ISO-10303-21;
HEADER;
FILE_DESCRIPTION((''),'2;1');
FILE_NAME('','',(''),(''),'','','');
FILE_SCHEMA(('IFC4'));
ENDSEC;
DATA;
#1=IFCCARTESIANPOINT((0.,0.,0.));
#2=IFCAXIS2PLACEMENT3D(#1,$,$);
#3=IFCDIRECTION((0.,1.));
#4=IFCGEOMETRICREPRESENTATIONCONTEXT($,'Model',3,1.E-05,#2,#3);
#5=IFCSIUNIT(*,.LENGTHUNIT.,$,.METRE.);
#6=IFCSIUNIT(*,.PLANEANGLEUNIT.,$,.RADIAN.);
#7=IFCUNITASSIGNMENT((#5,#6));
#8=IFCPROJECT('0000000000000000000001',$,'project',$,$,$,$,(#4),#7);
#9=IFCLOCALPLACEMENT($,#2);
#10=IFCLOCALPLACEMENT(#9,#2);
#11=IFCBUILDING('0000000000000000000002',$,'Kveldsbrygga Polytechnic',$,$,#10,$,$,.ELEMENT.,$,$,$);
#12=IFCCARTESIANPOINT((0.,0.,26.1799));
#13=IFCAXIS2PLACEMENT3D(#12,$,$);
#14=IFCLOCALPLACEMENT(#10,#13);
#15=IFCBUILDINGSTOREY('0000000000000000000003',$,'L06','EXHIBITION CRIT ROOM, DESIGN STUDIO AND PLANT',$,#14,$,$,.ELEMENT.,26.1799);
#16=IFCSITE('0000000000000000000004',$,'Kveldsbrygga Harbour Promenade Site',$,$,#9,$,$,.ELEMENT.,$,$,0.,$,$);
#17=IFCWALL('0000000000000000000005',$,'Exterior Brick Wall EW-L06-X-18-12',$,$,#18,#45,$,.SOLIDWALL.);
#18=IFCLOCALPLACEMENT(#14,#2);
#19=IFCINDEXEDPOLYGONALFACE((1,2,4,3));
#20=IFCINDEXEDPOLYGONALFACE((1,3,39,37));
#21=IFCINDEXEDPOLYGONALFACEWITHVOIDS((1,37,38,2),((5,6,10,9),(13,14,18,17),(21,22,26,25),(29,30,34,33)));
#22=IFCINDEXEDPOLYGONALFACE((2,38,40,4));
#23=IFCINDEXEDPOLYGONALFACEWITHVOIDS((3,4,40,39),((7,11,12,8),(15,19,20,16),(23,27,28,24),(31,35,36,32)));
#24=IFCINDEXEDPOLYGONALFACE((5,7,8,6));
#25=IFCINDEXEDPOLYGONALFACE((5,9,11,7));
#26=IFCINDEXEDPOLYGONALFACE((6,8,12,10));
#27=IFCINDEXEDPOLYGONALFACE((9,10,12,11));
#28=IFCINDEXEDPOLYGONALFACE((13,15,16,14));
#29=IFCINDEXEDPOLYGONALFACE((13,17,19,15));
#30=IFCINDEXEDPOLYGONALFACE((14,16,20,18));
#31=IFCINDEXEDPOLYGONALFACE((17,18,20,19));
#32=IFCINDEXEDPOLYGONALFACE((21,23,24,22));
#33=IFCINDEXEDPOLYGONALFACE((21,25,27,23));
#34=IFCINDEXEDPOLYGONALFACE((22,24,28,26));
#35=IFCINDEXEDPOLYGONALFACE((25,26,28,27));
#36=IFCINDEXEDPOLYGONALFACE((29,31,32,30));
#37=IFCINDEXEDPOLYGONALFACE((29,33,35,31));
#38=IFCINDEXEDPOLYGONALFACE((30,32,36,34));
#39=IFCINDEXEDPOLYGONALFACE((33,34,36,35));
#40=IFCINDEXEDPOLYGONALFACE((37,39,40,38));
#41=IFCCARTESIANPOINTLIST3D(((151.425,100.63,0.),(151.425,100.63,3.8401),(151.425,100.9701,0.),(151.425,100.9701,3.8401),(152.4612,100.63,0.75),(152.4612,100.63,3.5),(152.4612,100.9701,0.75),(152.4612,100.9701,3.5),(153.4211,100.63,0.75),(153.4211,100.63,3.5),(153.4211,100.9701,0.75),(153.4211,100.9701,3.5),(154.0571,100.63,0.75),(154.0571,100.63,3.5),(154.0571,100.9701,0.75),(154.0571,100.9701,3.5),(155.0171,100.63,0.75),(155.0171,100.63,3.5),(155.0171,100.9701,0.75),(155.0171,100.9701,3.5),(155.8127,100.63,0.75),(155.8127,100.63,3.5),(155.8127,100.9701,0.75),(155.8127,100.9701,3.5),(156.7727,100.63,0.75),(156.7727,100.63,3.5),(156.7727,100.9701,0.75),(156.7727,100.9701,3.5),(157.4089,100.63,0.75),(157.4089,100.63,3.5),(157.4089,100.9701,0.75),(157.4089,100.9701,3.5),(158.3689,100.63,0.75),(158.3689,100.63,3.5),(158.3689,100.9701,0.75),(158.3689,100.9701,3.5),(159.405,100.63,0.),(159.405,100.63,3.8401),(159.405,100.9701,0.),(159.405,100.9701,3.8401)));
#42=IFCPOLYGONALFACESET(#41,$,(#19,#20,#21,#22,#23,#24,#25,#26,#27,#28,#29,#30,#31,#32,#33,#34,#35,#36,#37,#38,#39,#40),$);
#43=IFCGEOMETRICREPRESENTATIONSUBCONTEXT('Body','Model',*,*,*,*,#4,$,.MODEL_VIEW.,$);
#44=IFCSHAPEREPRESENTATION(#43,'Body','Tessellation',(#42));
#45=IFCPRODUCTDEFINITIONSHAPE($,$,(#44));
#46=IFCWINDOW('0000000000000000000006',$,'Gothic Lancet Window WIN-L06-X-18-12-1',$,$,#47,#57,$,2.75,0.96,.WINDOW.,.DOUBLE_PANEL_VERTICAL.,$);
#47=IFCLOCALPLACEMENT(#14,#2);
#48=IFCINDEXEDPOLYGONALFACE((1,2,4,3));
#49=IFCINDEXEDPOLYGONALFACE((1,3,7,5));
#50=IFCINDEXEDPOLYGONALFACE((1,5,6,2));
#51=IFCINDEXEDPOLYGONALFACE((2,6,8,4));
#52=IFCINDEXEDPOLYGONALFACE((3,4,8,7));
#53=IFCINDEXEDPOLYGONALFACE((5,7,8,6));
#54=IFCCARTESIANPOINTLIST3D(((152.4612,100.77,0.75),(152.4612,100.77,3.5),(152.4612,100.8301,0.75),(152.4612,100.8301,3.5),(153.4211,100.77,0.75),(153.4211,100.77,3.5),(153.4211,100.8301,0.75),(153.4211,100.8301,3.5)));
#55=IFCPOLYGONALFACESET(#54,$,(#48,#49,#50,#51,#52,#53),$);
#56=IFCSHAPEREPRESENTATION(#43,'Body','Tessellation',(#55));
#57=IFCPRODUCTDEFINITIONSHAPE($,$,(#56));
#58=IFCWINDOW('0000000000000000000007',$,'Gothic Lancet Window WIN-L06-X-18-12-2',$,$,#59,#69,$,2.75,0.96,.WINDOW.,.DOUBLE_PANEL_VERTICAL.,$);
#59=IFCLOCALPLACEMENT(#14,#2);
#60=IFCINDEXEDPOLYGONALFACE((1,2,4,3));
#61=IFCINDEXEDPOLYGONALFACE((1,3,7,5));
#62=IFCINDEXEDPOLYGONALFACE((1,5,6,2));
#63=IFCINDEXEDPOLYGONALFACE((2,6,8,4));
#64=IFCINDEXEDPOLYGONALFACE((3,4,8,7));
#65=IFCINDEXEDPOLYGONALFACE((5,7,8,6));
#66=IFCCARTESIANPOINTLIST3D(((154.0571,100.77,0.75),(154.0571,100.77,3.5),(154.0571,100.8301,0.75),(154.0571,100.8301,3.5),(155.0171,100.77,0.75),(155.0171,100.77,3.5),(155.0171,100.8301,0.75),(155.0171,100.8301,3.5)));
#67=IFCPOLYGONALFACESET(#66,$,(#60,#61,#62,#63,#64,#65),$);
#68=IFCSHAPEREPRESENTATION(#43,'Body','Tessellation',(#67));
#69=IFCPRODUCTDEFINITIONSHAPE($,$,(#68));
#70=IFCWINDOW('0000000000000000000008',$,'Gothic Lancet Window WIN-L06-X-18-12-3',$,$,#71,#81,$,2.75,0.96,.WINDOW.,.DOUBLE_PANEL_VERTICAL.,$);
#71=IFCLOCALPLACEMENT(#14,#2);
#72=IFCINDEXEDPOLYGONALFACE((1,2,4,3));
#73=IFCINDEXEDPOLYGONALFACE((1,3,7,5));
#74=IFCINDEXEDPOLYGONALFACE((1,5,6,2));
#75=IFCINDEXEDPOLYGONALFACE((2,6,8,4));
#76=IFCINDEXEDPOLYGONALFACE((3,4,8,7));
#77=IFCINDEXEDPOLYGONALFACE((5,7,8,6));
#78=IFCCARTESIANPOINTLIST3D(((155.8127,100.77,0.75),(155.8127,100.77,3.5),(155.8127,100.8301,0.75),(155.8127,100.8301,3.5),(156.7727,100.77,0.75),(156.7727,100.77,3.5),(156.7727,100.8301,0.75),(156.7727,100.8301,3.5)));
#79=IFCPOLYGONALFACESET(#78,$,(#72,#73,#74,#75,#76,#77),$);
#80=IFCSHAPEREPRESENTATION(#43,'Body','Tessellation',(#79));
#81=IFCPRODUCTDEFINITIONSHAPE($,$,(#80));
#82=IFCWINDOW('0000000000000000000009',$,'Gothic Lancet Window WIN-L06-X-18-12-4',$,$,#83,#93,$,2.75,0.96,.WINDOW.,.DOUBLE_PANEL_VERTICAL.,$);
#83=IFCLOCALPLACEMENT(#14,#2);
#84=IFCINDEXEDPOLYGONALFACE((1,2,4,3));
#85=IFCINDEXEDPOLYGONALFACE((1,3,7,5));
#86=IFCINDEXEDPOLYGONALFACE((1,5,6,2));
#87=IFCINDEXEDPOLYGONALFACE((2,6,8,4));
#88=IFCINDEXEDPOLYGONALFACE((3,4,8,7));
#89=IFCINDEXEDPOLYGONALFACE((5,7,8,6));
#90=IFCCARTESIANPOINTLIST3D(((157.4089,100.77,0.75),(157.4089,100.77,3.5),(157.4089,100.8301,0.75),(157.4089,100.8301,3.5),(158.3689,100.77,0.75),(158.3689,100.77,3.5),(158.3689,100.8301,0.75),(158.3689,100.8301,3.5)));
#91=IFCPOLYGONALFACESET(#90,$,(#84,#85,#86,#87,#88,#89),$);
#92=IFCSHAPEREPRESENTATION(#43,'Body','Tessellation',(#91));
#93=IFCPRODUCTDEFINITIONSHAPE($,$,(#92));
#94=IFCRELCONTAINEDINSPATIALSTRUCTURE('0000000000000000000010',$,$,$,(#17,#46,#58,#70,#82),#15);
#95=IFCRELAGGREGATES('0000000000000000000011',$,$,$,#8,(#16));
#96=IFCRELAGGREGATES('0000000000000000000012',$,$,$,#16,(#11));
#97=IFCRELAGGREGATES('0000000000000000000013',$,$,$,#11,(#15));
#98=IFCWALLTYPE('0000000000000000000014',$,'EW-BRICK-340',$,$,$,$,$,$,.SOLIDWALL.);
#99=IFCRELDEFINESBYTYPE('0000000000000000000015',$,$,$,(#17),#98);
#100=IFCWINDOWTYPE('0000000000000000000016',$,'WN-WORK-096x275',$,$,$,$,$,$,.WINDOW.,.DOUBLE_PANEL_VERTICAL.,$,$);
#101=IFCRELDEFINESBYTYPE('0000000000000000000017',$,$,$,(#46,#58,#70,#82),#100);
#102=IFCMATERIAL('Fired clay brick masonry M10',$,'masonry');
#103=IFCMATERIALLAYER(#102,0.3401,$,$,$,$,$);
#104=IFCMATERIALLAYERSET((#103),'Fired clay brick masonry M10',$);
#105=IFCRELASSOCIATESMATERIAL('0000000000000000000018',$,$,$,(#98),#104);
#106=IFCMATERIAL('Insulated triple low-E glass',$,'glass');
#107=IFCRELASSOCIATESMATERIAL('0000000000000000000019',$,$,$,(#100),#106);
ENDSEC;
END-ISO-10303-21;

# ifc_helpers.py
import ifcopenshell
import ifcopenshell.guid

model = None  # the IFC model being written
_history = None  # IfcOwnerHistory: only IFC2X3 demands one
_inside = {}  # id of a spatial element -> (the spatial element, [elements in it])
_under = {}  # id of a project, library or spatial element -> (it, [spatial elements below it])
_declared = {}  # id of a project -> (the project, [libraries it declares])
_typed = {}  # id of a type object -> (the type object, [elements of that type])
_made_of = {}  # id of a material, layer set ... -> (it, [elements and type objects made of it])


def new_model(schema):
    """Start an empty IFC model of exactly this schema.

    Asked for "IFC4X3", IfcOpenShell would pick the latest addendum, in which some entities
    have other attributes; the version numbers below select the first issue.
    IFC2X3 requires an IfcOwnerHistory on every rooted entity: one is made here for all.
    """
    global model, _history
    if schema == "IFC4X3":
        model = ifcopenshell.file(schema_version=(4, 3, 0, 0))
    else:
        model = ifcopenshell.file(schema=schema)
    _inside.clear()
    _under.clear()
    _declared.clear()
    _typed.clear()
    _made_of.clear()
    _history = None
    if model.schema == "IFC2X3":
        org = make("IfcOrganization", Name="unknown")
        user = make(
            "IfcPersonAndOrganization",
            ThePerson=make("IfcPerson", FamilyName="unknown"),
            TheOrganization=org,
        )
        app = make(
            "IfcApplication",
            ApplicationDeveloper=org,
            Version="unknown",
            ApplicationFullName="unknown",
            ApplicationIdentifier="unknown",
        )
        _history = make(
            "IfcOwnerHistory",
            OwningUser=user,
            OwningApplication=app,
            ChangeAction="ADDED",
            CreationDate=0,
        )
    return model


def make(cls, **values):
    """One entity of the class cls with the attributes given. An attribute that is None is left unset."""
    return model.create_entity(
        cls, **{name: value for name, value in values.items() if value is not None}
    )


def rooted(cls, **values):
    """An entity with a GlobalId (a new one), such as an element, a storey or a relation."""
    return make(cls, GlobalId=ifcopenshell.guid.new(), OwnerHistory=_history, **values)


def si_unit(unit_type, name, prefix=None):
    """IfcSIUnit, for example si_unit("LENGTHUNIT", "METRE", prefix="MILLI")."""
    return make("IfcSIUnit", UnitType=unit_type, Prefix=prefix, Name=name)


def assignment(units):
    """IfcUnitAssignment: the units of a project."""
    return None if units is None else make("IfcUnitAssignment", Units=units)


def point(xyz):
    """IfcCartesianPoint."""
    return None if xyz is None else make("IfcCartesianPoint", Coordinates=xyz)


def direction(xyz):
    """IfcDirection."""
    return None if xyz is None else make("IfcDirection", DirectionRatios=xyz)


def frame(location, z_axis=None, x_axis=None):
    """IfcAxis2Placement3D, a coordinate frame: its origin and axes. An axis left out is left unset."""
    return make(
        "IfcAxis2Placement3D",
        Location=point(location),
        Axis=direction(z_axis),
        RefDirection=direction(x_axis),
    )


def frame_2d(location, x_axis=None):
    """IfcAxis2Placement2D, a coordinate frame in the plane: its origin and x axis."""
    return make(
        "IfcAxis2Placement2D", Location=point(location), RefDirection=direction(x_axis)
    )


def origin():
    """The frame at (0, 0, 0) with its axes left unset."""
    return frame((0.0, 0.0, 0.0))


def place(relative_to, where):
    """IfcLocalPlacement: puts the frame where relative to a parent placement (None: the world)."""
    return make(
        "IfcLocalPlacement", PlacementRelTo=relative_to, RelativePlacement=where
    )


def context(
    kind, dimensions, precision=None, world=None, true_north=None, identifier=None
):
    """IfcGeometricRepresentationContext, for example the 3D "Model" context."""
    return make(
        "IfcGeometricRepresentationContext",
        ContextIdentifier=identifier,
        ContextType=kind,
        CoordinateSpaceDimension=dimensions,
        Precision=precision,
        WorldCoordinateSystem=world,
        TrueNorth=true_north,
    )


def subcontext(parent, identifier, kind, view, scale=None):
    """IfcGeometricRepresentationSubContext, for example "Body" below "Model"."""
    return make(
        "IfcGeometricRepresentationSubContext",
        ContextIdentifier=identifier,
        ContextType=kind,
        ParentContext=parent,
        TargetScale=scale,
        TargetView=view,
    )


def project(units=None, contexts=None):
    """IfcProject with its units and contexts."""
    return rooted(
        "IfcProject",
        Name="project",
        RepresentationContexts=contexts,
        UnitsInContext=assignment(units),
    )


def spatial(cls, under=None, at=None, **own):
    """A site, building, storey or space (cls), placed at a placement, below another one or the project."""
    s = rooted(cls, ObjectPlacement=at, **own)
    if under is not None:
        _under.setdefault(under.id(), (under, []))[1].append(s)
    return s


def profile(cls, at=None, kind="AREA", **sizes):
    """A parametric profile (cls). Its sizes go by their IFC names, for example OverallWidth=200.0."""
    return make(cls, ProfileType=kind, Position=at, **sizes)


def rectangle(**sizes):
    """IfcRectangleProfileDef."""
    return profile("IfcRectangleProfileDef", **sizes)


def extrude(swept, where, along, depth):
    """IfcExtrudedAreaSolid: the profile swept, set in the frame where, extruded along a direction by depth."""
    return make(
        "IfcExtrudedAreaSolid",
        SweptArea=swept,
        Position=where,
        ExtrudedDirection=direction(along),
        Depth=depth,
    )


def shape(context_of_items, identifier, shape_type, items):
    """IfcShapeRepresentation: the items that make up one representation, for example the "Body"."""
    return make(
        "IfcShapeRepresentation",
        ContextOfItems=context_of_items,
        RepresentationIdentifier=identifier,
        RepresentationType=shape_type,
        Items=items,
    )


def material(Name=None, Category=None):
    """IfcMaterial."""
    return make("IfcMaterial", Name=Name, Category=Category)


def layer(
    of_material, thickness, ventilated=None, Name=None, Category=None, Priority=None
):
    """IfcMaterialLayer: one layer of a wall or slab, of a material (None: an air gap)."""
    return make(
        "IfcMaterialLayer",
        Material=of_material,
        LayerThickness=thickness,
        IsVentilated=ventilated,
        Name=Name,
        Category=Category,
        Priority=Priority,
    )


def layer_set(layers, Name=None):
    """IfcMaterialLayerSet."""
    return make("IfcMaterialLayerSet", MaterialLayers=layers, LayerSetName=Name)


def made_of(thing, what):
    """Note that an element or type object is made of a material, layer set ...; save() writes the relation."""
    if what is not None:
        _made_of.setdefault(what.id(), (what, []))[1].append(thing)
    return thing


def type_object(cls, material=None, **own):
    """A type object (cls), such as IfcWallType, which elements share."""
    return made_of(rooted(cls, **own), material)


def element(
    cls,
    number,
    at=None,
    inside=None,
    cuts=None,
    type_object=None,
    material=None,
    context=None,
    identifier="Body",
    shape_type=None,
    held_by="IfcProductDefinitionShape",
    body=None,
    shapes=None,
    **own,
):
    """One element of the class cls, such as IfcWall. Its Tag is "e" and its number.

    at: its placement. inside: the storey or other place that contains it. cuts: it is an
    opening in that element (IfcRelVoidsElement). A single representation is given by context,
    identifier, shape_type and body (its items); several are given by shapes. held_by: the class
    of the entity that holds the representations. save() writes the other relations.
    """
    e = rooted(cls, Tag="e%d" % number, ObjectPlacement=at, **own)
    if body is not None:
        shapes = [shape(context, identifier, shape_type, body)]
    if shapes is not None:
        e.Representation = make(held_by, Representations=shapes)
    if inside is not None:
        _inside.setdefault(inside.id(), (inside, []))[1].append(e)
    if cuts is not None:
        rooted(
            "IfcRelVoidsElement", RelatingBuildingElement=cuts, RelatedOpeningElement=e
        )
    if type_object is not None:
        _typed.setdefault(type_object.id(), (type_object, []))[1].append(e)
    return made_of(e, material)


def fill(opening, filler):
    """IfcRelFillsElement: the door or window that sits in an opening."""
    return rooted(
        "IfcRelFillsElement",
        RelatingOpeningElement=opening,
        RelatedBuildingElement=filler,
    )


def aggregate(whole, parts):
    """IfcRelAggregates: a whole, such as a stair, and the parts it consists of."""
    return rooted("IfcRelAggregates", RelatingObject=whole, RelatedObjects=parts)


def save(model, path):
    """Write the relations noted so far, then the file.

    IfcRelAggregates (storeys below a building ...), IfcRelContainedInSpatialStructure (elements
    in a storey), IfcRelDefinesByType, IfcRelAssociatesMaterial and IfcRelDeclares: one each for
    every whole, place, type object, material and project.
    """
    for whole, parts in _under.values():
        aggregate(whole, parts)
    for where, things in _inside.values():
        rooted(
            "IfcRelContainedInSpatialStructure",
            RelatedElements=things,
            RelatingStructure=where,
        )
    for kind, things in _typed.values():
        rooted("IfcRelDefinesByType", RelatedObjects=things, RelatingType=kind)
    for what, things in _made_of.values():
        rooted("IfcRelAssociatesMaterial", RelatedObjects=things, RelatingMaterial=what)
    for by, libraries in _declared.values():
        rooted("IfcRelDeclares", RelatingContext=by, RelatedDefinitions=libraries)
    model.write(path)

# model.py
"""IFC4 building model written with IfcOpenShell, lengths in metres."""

from ifc_helpers import new_model, si_unit, direction, frame, frame_2d, origin, place, context, subcontext, project, spatial, rectangle, extrude, material, layer, layer_set, type_object, element, fill, save


model = new_model("IFC4")

# Units and contexts
model_context = context("Model", 3, precision=1e-05, world=origin(), true_north=direction((0.0, 1.0)))
body_context = subcontext(model_context, "Body", "Model", "MODEL_VIEW")
ifc_project = project(units=[si_unit("LENGTHUNIT", "METRE"), si_unit("PLANEANGLEUNIT", "RADIAN")], contexts=[model_context])

# Site, building, storey
site_placement = place(None, origin())
site = spatial("IfcSite", under=ifc_project, at=site_placement, Name="Kveldsbrygga Harbour Promenade Site", CompositionType="ELEMENT", RefElevation=0.0)
building_placement = place(site_placement, origin())
building = spatial("IfcBuilding", under=site, at=building_placement, Name="Kveldsbrygga Polytechnic", CompositionType="ELEMENT")
storey_placement = place(building_placement, frame((0.0, 0.0, 26.1799)))
storey = spatial("IfcBuildingStorey", under=building, at=storey_placement, Name="L06", Description="EXHIBITION CRIT ROOM, DESIGN STUDIO AND PLANT", CompositionType="ELEMENT", Elevation=26.1799)

# Wall, openings, windows
ifc_material_1 = material(Name="Fired clay brick masonry M10", Category="masonry")
ifc_layer_1 = layer(ifc_material_1, 0.3401)
ifc_layer_set_1 = layer_set([ifc_layer_1], Name="Fired clay brick masonry M10")
wall_type = type_object("IfcWallType", Name="EW-BRICK-340", PredefinedType="SOLIDWALL", material=ifc_layer_set_1)
wall_1_placement = place(storey_placement, frame((151.425, 100.8, 0.0), z_axis=(0.0, 0.0, 1.0), x_axis=(1.0, 0.0, 0.0)))
wall_1 = element("IfcWall", 1, at=wall_1_placement, inside=storey, type_object=wall_type, Name="Exterior Brick Wall EW-L06-X-18-12", PredefinedType="SOLIDWALL", context=body_context, shape_type="SweptSolid", body=[
    extrude(rectangle(XDim=7.98, YDim=0.3401, at=frame_2d((3.99, 0.0))), origin(), (0.0, 0.0, 1.0), 3.8401),
])
opening_1_placement = place(wall_1_placement, frame((1.0361, 0.0, 0.75)))
opening_1 = element("IfcOpeningElement", 2, at=opening_1_placement, cuts=wall_1, PredefinedType="OPENING", context=body_context, shape_type="SweptSolid", body=[
    extrude(rectangle(XDim=0.96, YDim=2.75, at=frame_2d((0.48, 1.375))), frame((0.0, 0.1802, 0.0), z_axis=(0.0, -1.0, 0.0), x_axis=(1.0, 0.0, 0.0)), (0.0, 0.0, 1.0), 0.3601),
])
opening_2_placement = place(wall_1_placement, frame((2.6321, 0.0, 0.75)))
opening_2 = element("IfcOpeningElement", 3, at=opening_2_placement, cuts=wall_1, PredefinedType="OPENING", context=body_context, shape_type="SweptSolid", body=[
    extrude(rectangle(XDim=0.96, YDim=2.75, at=frame_2d((0.48, 1.375))), frame((0.0, 0.1802, 0.0), z_axis=(0.0, -1.0, 0.0), x_axis=(1.0, 0.0, 0.0)), (0.0, 0.0, 1.0), 0.3601),
])
opening_3_placement = place(wall_1_placement, frame((4.3877, 0.0, 0.75)))
opening_3 = element("IfcOpeningElement", 4, at=opening_3_placement, cuts=wall_1, PredefinedType="OPENING", context=body_context, shape_type="SweptSolid", body=[
    extrude(rectangle(XDim=0.96, YDim=2.75, at=frame_2d((0.48, 1.375))), frame((0.0, 0.1802, 0.0), z_axis=(0.0, -1.0, 0.0), x_axis=(1.0, 0.0, 0.0)), (0.0, 0.0, 1.0), 0.3601),
])
opening_4_placement = place(wall_1_placement, frame((5.9839, 0.0, 0.75)))
opening_4 = element("IfcOpeningElement", 5, at=opening_4_placement, cuts=wall_1, PredefinedType="OPENING", context=body_context, shape_type="SweptSolid", body=[
    extrude(rectangle(XDim=0.96, YDim=2.75, at=frame_2d((0.48, 1.375))), frame((0.0, 0.1802, 0.0), z_axis=(0.0, -1.0, 0.0), x_axis=(1.0, 0.0, 0.0)), (0.0, 0.0, 1.0), 0.3601),
])
ifc_material_2 = material(Name="Insulated triple low-E glass", Category="glass")
window_type_1 = type_object("IfcWindowType", Name="WN-WORK-096x275", PartitioningType="DOUBLE_PANEL_VERTICAL", PredefinedType="WINDOW", material=ifc_material_2)
window_1_placement = place(opening_1_placement, origin())
window_1 = element("IfcWindow", 6, at=window_1_placement, inside=storey, type_object=window_type_1, Name="Gothic Lancet Window WIN-L06-X-18-12-1", OverallHeight=2.75, OverallWidth=0.96, PartitioningType="DOUBLE_PANEL_VERTICAL", PredefinedType="WINDOW", context=body_context, shape_type="SweptSolid", body=[
    extrude(rectangle(XDim=0.96, YDim=2.75, at=frame_2d((0.48, 1.375))), frame((0.0, 0.03, 0.0), z_axis=(0.0, -1.0, 0.0), x_axis=(1.0, 0.0, 0.0)), (0.0, 0.0, 1.0), 0.0601),
])
fill(opening_1, window_1)
window_2_placement = place(opening_2_placement, origin())
window_2 = element("IfcWindow", 7, at=window_2_placement, inside=storey, type_object=window_type_1, Name="Gothic Lancet Window WIN-L06-X-18-12-2", OverallHeight=2.75, OverallWidth=0.96, PartitioningType="DOUBLE_PANEL_VERTICAL", PredefinedType="WINDOW", context=body_context, shape_type="SweptSolid", body=[
    extrude(rectangle(XDim=0.96, YDim=2.75, at=frame_2d((0.48, 1.375))), frame((0.0, 0.03, 0.0), z_axis=(0.0, -1.0, 0.0), x_axis=(1.0, 0.0, 0.0)), (0.0, 0.0, 1.0), 0.0601),
])
fill(opening_2, window_2)
window_3_placement = place(opening_3_placement, origin())
window_3 = element("IfcWindow", 8, at=window_3_placement, inside=storey, type_object=window_type_1, Name="Gothic Lancet Window WIN-L06-X-18-12-3", OverallHeight=2.75, OverallWidth=0.96, PartitioningType="DOUBLE_PANEL_VERTICAL", PredefinedType="WINDOW", context=body_context, shape_type="SweptSolid", body=[
    extrude(rectangle(XDim=0.96, YDim=2.75, at=frame_2d((0.48, 1.375))), frame((0.0, 0.03, 0.0), z_axis=(0.0, -1.0, 0.0), x_axis=(1.0, 0.0, 0.0)), (0.0, 0.0, 1.0), 0.0601),
])
fill(opening_3, window_3)
window_4_placement = place(opening_4_placement, origin())
window_4 = element("IfcWindow", 9, at=window_4_placement, inside=storey, type_object=window_type_1, Name="Gothic Lancet Window WIN-L06-X-18-12-4", OverallHeight=2.75, OverallWidth=0.96, PartitioningType="DOUBLE_PANEL_VERTICAL", PredefinedType="WINDOW", context=body_context, shape_type="SweptSolid", body=[
    extrude(rectangle(XDim=0.96, YDim=2.75, at=frame_2d((0.48, 1.375))), frame((0.0, 0.03, 0.0), z_axis=(0.0, -1.0, 0.0), x_axis=(1.0, 0.0, 0.0)), (0.0, 0.0, 1.0), 0.0601),
])
fill(opening_4, window_4)

save(model, "model.ifc")
